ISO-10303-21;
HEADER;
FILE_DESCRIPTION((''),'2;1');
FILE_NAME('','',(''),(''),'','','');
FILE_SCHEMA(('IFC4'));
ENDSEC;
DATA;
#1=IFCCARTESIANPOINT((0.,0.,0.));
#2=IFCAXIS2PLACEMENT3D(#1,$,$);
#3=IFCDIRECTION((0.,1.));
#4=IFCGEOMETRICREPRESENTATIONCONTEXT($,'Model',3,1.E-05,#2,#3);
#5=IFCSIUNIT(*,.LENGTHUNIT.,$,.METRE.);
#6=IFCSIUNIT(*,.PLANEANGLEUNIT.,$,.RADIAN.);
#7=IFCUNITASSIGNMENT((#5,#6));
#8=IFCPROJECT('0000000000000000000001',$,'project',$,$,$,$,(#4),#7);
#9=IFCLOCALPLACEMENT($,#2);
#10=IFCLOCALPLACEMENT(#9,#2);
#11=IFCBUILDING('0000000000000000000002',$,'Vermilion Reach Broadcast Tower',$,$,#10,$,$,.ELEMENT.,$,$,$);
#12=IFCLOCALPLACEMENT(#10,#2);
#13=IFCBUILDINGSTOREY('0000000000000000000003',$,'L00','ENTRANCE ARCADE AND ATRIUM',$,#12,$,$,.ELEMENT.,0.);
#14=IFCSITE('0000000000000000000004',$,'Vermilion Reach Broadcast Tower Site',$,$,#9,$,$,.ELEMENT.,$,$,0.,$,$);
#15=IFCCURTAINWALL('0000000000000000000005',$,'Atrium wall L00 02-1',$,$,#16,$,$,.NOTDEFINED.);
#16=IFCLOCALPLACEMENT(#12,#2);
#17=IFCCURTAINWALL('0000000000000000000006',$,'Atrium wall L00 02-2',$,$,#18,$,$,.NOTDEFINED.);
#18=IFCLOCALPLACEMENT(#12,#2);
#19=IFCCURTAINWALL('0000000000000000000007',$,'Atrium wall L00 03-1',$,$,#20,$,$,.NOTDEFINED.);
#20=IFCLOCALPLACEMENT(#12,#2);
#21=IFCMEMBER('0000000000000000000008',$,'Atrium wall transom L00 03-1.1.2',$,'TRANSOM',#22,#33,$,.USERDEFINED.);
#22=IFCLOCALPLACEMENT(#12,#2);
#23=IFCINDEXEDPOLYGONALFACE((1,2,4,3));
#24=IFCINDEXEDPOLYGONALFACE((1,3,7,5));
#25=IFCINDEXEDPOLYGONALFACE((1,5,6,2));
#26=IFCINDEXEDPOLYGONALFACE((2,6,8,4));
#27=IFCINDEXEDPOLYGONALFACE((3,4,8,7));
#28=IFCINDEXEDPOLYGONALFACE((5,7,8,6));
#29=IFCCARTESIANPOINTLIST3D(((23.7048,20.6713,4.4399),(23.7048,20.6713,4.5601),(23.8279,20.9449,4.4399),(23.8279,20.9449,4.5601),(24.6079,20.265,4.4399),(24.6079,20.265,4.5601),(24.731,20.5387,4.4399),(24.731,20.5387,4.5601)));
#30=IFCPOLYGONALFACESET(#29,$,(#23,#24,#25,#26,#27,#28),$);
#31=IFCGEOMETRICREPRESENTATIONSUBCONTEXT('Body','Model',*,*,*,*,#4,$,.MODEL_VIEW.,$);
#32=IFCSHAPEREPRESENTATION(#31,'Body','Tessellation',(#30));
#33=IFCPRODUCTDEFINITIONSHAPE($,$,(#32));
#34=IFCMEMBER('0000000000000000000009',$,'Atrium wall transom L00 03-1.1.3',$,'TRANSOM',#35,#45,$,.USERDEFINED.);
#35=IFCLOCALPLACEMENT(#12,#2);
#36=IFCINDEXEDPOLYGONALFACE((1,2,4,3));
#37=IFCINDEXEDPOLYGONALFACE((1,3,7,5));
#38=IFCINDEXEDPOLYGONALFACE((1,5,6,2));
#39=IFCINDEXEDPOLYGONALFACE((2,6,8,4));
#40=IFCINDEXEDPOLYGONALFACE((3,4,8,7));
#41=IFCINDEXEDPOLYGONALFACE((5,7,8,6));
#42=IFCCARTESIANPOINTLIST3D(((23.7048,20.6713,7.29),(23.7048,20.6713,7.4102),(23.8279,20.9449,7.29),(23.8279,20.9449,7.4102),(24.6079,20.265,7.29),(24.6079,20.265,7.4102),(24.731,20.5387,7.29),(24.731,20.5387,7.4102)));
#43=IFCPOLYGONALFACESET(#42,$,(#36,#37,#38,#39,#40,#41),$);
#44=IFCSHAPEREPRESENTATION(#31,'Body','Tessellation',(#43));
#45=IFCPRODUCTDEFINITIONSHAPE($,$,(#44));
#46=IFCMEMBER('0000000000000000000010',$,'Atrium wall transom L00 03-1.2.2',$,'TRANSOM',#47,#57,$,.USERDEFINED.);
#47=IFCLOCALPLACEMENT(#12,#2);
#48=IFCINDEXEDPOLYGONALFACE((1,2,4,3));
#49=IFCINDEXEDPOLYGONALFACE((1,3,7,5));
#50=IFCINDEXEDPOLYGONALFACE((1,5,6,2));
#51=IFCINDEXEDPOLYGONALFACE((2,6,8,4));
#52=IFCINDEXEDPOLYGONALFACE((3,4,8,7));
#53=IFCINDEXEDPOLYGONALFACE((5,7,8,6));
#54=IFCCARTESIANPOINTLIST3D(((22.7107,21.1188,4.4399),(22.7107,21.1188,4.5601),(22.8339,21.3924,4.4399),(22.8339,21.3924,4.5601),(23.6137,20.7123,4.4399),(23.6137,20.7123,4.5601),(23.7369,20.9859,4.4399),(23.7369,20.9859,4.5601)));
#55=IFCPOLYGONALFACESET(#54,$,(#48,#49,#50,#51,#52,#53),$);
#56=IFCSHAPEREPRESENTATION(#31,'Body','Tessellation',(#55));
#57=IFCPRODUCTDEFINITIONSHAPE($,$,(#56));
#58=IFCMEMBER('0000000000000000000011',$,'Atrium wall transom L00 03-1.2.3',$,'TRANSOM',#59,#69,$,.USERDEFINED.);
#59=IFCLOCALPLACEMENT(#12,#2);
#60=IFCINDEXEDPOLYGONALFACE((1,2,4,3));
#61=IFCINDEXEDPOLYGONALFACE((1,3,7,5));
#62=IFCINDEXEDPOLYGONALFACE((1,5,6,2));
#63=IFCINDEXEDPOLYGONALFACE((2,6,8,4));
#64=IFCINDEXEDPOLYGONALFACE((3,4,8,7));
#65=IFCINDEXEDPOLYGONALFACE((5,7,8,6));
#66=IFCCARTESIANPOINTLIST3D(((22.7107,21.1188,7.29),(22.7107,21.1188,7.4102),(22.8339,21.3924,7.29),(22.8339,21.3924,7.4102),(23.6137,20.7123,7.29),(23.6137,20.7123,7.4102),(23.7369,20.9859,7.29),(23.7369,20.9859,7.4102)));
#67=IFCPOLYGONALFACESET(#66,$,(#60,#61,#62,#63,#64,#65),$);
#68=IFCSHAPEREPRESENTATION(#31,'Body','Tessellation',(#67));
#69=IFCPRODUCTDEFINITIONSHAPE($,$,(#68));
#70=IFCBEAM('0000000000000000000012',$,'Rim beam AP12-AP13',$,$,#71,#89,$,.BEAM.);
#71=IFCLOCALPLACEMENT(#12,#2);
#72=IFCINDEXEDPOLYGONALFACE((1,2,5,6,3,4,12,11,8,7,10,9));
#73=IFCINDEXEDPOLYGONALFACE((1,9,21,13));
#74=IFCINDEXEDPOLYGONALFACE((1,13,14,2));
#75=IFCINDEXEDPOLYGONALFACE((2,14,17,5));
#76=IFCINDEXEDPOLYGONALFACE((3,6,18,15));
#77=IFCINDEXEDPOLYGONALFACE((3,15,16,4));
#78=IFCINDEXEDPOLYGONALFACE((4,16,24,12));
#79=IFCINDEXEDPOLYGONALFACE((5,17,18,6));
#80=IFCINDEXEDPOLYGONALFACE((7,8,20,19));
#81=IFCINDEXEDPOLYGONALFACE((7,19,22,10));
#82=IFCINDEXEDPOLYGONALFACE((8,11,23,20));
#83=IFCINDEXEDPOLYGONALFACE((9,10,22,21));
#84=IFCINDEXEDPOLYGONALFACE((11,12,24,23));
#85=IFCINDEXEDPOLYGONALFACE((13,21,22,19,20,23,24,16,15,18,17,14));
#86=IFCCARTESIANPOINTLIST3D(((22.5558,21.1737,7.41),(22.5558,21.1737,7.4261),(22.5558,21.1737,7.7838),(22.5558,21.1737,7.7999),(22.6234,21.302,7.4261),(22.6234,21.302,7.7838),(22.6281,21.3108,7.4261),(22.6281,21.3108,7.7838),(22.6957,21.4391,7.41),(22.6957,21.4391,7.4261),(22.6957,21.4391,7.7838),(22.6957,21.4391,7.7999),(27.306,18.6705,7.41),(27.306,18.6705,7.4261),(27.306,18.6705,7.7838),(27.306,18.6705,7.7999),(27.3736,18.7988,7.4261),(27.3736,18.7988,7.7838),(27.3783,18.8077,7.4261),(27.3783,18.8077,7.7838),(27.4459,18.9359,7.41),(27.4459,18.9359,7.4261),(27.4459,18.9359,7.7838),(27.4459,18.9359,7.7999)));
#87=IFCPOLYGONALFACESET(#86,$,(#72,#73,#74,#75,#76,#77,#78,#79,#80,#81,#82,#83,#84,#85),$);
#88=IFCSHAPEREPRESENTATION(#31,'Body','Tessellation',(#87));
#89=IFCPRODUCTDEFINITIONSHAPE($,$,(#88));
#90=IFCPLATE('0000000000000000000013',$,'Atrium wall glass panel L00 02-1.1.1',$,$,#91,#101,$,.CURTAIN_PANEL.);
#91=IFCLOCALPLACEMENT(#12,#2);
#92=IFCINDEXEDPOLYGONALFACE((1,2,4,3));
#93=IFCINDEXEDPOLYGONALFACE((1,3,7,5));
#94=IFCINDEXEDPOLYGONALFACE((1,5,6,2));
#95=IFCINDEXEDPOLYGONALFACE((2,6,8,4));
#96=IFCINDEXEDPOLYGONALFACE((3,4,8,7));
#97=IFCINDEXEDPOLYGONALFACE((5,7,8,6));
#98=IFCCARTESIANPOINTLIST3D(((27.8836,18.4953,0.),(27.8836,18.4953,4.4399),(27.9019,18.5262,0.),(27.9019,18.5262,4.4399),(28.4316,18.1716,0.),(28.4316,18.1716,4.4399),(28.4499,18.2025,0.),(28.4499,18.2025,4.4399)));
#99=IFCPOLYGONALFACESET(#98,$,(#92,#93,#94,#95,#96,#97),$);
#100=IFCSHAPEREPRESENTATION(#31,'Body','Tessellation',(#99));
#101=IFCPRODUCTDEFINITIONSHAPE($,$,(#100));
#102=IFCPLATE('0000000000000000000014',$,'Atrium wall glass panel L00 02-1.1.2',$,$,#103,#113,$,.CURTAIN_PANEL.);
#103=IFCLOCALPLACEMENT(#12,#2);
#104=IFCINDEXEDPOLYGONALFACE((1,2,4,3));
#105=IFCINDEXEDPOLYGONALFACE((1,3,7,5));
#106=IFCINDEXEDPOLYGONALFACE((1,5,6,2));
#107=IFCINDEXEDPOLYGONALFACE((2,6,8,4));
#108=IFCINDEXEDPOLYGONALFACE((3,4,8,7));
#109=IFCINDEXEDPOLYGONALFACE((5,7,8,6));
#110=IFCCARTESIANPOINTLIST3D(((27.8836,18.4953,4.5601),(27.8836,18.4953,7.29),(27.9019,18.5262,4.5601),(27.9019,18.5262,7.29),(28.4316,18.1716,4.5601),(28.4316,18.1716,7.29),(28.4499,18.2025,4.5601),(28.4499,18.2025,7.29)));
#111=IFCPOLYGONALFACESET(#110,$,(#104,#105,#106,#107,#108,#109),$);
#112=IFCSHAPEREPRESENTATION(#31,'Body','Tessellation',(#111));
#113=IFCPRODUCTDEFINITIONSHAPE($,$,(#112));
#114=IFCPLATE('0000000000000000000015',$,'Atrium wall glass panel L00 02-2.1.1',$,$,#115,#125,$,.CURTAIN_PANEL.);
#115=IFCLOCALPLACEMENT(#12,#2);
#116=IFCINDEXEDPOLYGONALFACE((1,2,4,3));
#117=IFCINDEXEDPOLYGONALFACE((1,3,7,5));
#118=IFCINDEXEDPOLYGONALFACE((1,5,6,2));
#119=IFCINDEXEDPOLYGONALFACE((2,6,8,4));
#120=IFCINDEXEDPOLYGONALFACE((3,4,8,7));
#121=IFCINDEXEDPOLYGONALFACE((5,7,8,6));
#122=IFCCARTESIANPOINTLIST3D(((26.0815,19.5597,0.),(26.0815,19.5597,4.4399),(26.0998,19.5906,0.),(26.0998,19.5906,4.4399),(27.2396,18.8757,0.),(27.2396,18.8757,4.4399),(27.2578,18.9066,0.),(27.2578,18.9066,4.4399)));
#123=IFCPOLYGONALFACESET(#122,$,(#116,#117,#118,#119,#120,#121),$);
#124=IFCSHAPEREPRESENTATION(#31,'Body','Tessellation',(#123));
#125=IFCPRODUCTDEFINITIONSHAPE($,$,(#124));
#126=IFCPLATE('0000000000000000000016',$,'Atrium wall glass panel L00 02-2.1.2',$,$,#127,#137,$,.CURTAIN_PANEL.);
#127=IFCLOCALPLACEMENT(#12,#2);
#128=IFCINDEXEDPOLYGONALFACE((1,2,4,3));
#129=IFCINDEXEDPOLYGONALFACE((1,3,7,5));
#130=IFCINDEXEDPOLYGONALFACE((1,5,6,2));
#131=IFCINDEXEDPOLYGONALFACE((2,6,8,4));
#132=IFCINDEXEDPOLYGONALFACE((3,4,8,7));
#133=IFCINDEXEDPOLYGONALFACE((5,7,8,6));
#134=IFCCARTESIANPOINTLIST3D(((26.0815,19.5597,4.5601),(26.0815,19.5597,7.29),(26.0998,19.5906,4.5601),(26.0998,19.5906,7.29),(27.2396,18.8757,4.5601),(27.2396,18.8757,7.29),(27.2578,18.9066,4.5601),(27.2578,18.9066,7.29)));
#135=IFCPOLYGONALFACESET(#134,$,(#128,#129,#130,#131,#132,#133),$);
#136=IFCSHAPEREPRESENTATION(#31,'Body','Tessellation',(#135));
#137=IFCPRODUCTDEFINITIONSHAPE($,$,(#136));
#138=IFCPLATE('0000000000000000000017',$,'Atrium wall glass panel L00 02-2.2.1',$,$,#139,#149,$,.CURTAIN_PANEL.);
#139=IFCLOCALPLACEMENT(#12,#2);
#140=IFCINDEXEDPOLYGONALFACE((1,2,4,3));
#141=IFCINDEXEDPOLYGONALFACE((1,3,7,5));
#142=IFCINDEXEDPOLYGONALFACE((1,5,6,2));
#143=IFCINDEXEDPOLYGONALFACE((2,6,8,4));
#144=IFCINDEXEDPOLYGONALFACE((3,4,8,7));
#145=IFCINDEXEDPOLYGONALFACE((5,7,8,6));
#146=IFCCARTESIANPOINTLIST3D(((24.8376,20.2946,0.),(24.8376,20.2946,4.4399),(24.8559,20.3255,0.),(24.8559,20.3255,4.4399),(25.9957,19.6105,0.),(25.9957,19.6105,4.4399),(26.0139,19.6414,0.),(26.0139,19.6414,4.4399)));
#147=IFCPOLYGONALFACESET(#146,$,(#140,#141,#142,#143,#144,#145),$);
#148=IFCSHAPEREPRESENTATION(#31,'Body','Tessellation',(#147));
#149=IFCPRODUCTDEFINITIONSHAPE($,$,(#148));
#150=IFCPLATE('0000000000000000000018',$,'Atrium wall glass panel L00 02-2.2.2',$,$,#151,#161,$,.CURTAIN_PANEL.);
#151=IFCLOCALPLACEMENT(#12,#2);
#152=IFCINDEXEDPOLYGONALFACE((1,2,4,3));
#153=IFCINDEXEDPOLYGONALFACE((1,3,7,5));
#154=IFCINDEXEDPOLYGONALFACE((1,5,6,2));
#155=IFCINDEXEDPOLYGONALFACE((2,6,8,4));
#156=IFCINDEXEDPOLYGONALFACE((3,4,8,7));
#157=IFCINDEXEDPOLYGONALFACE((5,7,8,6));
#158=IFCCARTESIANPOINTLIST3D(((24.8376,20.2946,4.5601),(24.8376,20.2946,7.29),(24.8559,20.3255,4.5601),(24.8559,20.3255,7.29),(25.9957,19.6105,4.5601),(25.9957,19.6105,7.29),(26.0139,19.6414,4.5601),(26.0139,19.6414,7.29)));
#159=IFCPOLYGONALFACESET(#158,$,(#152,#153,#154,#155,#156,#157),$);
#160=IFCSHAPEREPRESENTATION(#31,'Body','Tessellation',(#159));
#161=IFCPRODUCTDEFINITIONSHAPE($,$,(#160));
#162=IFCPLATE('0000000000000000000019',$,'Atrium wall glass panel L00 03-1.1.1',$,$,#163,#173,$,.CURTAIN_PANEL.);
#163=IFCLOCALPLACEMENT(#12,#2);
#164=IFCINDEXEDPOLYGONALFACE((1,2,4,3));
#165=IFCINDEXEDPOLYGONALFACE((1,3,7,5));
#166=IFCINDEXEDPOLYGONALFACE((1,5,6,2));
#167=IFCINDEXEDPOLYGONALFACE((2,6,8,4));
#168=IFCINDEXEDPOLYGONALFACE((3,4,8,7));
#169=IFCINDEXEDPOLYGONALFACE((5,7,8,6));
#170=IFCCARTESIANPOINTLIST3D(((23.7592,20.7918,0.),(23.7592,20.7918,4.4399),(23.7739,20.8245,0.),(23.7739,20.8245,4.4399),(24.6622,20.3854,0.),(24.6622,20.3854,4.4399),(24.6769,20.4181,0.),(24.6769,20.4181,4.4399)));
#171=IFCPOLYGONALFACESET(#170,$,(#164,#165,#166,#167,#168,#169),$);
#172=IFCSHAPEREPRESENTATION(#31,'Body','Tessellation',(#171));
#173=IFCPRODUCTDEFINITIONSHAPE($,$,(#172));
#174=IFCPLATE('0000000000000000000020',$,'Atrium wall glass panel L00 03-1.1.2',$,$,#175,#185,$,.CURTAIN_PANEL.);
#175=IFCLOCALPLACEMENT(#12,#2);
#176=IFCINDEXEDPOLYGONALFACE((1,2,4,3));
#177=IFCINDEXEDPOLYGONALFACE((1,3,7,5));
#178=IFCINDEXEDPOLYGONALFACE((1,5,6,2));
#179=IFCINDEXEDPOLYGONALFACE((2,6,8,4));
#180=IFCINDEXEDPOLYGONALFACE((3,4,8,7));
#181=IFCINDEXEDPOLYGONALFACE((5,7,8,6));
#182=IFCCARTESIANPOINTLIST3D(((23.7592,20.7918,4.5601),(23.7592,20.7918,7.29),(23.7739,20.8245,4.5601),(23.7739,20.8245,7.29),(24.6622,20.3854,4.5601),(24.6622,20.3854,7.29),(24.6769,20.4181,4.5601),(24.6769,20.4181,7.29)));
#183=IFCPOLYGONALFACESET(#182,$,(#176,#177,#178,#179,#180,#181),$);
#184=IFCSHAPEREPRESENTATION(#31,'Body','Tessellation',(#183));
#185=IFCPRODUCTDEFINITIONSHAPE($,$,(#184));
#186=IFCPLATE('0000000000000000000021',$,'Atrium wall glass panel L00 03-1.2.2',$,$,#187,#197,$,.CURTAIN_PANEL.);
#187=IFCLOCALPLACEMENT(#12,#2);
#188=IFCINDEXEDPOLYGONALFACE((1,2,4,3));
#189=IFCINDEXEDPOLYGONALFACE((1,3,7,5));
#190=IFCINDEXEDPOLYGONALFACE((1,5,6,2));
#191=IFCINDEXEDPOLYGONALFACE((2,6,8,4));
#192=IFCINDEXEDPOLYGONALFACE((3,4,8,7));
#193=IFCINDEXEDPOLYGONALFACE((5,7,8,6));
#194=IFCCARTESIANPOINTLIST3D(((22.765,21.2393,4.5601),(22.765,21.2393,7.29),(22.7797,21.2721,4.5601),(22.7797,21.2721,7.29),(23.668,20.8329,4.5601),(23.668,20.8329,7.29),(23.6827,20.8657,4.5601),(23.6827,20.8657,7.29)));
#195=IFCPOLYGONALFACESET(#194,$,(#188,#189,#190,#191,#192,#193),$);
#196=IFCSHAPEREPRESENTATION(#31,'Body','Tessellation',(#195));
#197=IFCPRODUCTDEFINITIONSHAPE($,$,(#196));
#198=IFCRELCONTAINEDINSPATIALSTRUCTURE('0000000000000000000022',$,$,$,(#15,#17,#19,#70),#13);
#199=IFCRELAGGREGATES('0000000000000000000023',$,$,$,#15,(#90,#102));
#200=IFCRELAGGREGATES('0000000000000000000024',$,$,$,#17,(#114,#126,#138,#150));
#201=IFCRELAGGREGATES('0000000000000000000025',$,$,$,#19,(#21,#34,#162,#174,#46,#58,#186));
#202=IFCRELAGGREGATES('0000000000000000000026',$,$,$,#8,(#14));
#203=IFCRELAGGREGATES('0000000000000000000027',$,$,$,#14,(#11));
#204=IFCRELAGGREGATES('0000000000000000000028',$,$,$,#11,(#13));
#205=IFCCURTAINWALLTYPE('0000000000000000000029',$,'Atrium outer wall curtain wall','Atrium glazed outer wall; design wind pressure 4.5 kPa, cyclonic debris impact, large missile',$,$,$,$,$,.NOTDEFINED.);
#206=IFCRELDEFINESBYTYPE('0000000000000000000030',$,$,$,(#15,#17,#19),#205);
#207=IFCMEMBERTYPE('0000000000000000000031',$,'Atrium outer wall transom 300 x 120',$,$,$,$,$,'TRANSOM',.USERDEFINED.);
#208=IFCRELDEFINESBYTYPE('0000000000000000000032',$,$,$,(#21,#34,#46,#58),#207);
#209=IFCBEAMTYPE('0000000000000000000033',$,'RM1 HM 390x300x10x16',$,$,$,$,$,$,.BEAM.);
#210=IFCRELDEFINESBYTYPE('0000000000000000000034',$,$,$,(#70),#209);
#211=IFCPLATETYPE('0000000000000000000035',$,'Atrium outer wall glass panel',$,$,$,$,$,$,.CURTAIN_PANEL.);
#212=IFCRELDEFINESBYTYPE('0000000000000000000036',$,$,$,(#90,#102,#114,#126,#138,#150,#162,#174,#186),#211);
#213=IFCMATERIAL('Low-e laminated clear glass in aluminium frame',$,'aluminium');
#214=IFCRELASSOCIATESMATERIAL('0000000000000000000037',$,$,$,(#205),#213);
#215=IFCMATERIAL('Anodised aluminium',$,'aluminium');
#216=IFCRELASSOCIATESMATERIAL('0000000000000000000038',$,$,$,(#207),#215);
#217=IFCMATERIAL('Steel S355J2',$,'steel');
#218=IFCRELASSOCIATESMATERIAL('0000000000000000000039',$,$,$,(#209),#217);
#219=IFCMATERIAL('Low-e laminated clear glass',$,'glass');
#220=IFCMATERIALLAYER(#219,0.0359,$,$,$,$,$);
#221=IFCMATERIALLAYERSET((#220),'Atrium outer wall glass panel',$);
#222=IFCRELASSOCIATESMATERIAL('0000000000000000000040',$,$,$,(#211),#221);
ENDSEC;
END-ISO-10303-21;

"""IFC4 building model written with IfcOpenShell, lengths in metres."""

from ifc_helpers import new_model, si_unit, direction, frame, origin, origin_2d, place, context, subcontext, project, spatial, rectangle, i_section, extrude, material, layer, layer_set, material_profile, profile_set, type_object, element, aggregate, save


model = new_model("IFC4")

# Units and contexts
model_context = context("Model", 3, precision=1e-05, world=origin(), true_north=direction((0.0, 1.0)))
body_context = subcontext(model_context, "Body", "Model", "MODEL_VIEW")
ifc_project = project(units=[si_unit("LENGTHUNIT", "METRE"), si_unit("PLANEANGLEUNIT", "RADIAN")], contexts=[model_context])

# Site, building, storey
site_placement = place(None, origin())
site = spatial("IfcSite", under=ifc_project, at=site_placement, Name="Vermilion Reach Broadcast Tower Site", CompositionType="ELEMENT", RefElevation=0.0)
building_placement = place(site_placement, origin())
building = spatial("IfcBuilding", under=site, at=building_placement, Name="Vermilion Reach Broadcast Tower", CompositionType="ELEMENT")
storey_placement = place(building_placement, origin())
storey = spatial("IfcBuildingStorey", under=building, at=storey_placement, Name="L00", Description="ENTRANCE ARCADE AND ATRIUM", CompositionType="ELEMENT", Elevation=0.0)

# Curtain wall
ifc_material_1 = material(Name="Low-e laminated clear glass in aluminium frame", Category="aluminium")
curtain_wall_type = type_object("IfcCurtainWallType", Name="Atrium outer wall curtain wall", Description="Atrium glazed outer wall; design wind pressure 4.5 kPa, cyclonic debris impact, large missile", PredefinedType="NOTDEFINED", material=ifc_material_1)
placement = place(storey_placement, origin())
curtain_wall_1 = element("IfcCurtainWall", 1, at=placement, inside=storey, type_object=curtain_wall_type, Name="Atrium wall L00 02-1", PredefinedType="NOTDEFINED")

# Curtain walls
curtain_wall_2 = element("IfcCurtainWall", 2, at=placement, inside=storey, type_object=curtain_wall_type, Name="Atrium wall L00 02-2", PredefinedType="NOTDEFINED")
curtain_wall_3 = element("IfcCurtainWall", 3, at=placement, inside=storey, type_object=curtain_wall_type, Name="Atrium wall L00 03-1", PredefinedType="NOTDEFINED")

# Members
ifc_material_2 = material(Name="Anodised aluminium", Category="aluminium")
ifc_material_profile_1 = material_profile(ifc_material_2, rectangle(XDim=0.3, YDim=0.1201, at=origin_2d()), Name="Atrium outer wall transom 300 x 120")
ifc_profile_set_1 = profile_set([ifc_material_profile_1], Name="Anodised aluminium")
member_type_1 = type_object("IfcMemberType", Name="Atrium outer wall transom 300 x 120", ElementType="TRANSOM", PredefinedType="USERDEFINED", material=ifc_profile_set_1)
member_1_placement = place(storey_placement, frame((24.6694, 20.4019, 4.5), z_axis=(-0.911972, 0.410252, 0.0), x_axis=(-0.410252, -0.911972, 0.0)))
member_1 = element("IfcMember", 4, at=member_1_placement, type_object=member_type_1, Name="Atrium wall transom L00 03-1.1.2", ObjectType="TRANSOM", PredefinedType="USERDEFINED", context=body_context, shape_type="SweptSolid", body=[
    extrude(rectangle(XDim=0.3, YDim=0.1201, at=origin_2d()), origin(), (0.0, 0.0, 1.0), 0.9902),
])
member_2_placement = place(storey_placement, frame((24.6694, 20.4019, 7.3501), z_axis=(-0.911972, 0.410252, 0.0), x_axis=(-0.410252, -0.911972, 0.0)))
member_2 = element("IfcMember", 5, at=member_2_placement, type_object=member_type_1, Name="Atrium wall transom L00 03-1.1.3", ObjectType="TRANSOM", PredefinedType="USERDEFINED", context=body_context, shape_type="SweptSolid", body=[
    extrude(rectangle(XDim=0.3, YDim=0.1201, at=origin_2d()), origin(), (0.0, 0.0, 1.0), 0.9902),
])
member_3_placement = place(storey_placement, frame((23.6753, 20.8491, 4.5), z_axis=(-0.91188, 0.410457, 0.0), x_axis=(-0.410457, -0.91188, 0.0)))
member_3 = element("IfcMember", 6, at=member_3_placement, type_object=member_type_1, Name="Atrium wall transom L00 03-1.2.2", ObjectType="TRANSOM", PredefinedType="USERDEFINED", context=body_context, shape_type="SweptSolid", body=[
    extrude(rectangle(XDim=0.3, YDim=0.1201, at=origin_2d()), origin(), (0.0, 0.0, 1.0), 0.9902),
])
member_4_placement = place(storey_placement, frame((23.6753, 20.8491, 7.3501), z_axis=(-0.91188, 0.410457, 0.0), x_axis=(-0.410457, -0.91188, 0.0)))
member_4 = element("IfcMember", 7, at=member_4_placement, type_object=member_type_1, Name="Atrium wall transom L00 03-1.2.3", ObjectType="TRANSOM", PredefinedType="USERDEFINED", context=body_context, shape_type="SweptSolid", body=[
    extrude(rectangle(XDim=0.3, YDim=0.1201, at=origin_2d()), origin(), (0.0, 0.0, 1.0), 0.9902),
])

# Beam
ifc_material_3 = material(Name="Steel S355J2", Category="steel")
ifc_material_profile_2 = material_profile(ifc_material_3, i_section(OverallWidth=0.3, OverallDepth=0.3899, WebThickness=0.01, FlangeThickness=0.0161, at=origin_2d()), Name="S355J2 HM 390x300x10x16")
ifc_profile_set_2 = profile_set([ifc_material_profile_2], Name="Steel S355J2")
beam_type = type_object("IfcBeamType", Name="RM1 HM 390x300x10x16", PredefinedType="BEAM", material=ifc_profile_set_2)
beam_placement = place(storey_placement, frame((27.376, 18.8032, 7.605), z_axis=(-0.884684, 0.466191, 0.0), x_axis=(-0.466191, -0.884684, 0.0)))
element("IfcBeam", 8, at=beam_placement, inside=storey, type_object=beam_type, Name="Rim beam AP12-AP13", PredefinedType="BEAM", context=body_context, shape_type="SweptSolid", body=[
    extrude(i_section(OverallWidth=0.3, OverallDepth=0.3899, WebThickness=0.01, FlangeThickness=0.0161, at=origin_2d()), origin(), (0.0, 0.0, 1.0), 5.3694),
])

# Plates
ifc_material_4 = material(Name="Low-e laminated clear glass", Category="glass")
ifc_layer = layer(ifc_material_4, 0.0359)
ifc_layer_set = layer_set([ifc_layer], Name="Atrium outer wall glass panel")
plate_type = type_object("IfcPlateType", Name="Atrium outer wall glass panel", PredefinedType="CURTAIN_PANEL", material=ifc_layer_set)
plate_1_placement = place(storey_placement, frame((28.1667, 18.3489, 0.0), z_axis=(0.0, 0.0, 1.0), x_axis=(-0.861009, 0.50859, 0.0)))
plate_1 = element("IfcPlate", 9, at=plate_1_placement, type_object=plate_type, Name="Atrium wall glass panel L00 02-1.1.1", PredefinedType="CURTAIN_PANEL", context=body_context, shape_type="SweptSolid", body=[
    extrude(rectangle(XDim=0.6365, YDim=0.0359, at=origin_2d()), origin(), (0.0, 0.0, 1.0), 4.4399),
])
plate_2_placement = place(storey_placement, frame((28.1667, 18.3489, 4.5601), z_axis=(0.0, 0.0, 1.0), x_axis=(-0.861009, 0.50859, 0.0)))
plate_2 = element("IfcPlate", 10, at=plate_2_placement, type_object=plate_type, Name="Atrium wall glass panel L00 02-1.1.2", PredefinedType="CURTAIN_PANEL", context=body_context, shape_type="SweptSolid", body=[
    extrude(rectangle(XDim=0.6365, YDim=0.0359, at=origin_2d()), origin(), (0.0, 0.0, 1.0), 2.73),
])
aggregate(curtain_wall_1, [plate_1, plate_2])
plate_3_placement = place(storey_placement, frame((26.6697, 19.2332, 0.0), z_axis=(0.0, 0.0, 1.0), x_axis=(-0.861009, 0.50859, 0.0)))
plate_3 = element("IfcPlate", 11, at=plate_3_placement, type_object=plate_type, Name="Atrium wall glass panel L00 02-2.1.1", PredefinedType="CURTAIN_PANEL", context=body_context, shape_type="SweptSolid", body=[
    extrude(rectangle(XDim=1.345, YDim=0.0359, at=origin_2d()), origin(), (0.0, 0.0, 1.0), 4.4399),
])
plate_4_placement = place(storey_placement, frame((26.6697, 19.2332, 4.5601), z_axis=(0.0, 0.0, 1.0), x_axis=(-0.861009, 0.50859, 0.0)))
plate_4 = element("IfcPlate", 12, at=plate_4_placement, type_object=plate_type, Name="Atrium wall glass panel L00 02-2.1.2", PredefinedType="CURTAIN_PANEL", context=body_context, shape_type="SweptSolid", body=[
    extrude(rectangle(XDim=1.345, YDim=0.0359, at=origin_2d()), origin(), (0.0, 0.0, 1.0), 2.73),
])
plate_5_placement = place(storey_placement, frame((25.4258, 19.968, 0.0), z_axis=(0.0, 0.0, 1.0), x_axis=(-0.861009, 0.50859, 0.0)))
plate_5 = element("IfcPlate", 13, at=plate_5_placement, type_object=plate_type, Name="Atrium wall glass panel L00 02-2.2.1", PredefinedType="CURTAIN_PANEL", context=body_context, shape_type="SweptSolid", body=[
    extrude(rectangle(XDim=1.345, YDim=0.0359, at=origin_2d()), origin(), (0.0, 0.0, 1.0), 4.4399),
])
plate_6_placement = place(storey_placement, frame((25.4258, 19.968, 4.5601), z_axis=(0.0, 0.0, 1.0), x_axis=(-0.861009, 0.50859, 0.0)))
plate_6 = element("IfcPlate", 14, at=plate_6_placement, type_object=plate_type, Name="Atrium wall glass panel L00 02-2.2.2", PredefinedType="CURTAIN_PANEL", context=body_context, shape_type="SweptSolid", body=[
    extrude(rectangle(XDim=1.345, YDim=0.0359, at=origin_2d()), origin(), (0.0, 0.0, 1.0), 2.73),
])
aggregate(curtain_wall_2, [plate_3, plate_4, plate_5, plate_6])
plate_7_placement = place(storey_placement, frame((24.218, 20.605, 0.0), z_axis=(0.0, 0.0, 1.0), x_axis=(-0.911902, 0.410408, 0.0)))
plate_7 = element("IfcPlate", 15, at=plate_7_placement, type_object=plate_type, Name="Atrium wall glass panel L00 03-1.1.1", PredefinedType="CURTAIN_PANEL", context=body_context, shape_type="SweptSolid", body=[
    extrude(rectangle(XDim=0.9902, YDim=0.0359, at=origin_2d()), origin(), (0.0, 0.0, 1.0), 4.4399),
])
plate_8_placement = place(storey_placement, frame((24.218, 20.605, 4.5601), z_axis=(0.0, 0.0, 1.0), x_axis=(-0.911902, 0.410408, 0.0)))
plate_8 = element("IfcPlate", 16, at=plate_8_placement, type_object=plate_type, Name="Atrium wall glass panel L00 03-1.1.2", PredefinedType="CURTAIN_PANEL", context=body_context, shape_type="SweptSolid", body=[
    extrude(rectangle(XDim=0.9902, YDim=0.0359, at=origin_2d()), origin(), (0.0, 0.0, 1.0), 2.73),
])
plate_9_placement = place(storey_placement, frame((23.2239, 21.0525, 4.5601), z_axis=(0.0, 0.0, 1.0), x_axis=(-0.911902, 0.410408, 0.0)))
plate_9 = element("IfcPlate", 17, at=plate_9_placement, type_object=plate_type, Name="Atrium wall glass panel L00 03-1.2.2", PredefinedType="CURTAIN_PANEL", context=body_context, shape_type="SweptSolid", body=[
    extrude(rectangle(XDim=0.9902, YDim=0.0359, at=origin_2d()), origin(), (0.0, 0.0, 1.0), 2.73),
])
aggregate(curtain_wall_3, [member_1, member_2, plate_7, plate_8, member_3, member_4, plate_9])

save(model, "model.ifc")
